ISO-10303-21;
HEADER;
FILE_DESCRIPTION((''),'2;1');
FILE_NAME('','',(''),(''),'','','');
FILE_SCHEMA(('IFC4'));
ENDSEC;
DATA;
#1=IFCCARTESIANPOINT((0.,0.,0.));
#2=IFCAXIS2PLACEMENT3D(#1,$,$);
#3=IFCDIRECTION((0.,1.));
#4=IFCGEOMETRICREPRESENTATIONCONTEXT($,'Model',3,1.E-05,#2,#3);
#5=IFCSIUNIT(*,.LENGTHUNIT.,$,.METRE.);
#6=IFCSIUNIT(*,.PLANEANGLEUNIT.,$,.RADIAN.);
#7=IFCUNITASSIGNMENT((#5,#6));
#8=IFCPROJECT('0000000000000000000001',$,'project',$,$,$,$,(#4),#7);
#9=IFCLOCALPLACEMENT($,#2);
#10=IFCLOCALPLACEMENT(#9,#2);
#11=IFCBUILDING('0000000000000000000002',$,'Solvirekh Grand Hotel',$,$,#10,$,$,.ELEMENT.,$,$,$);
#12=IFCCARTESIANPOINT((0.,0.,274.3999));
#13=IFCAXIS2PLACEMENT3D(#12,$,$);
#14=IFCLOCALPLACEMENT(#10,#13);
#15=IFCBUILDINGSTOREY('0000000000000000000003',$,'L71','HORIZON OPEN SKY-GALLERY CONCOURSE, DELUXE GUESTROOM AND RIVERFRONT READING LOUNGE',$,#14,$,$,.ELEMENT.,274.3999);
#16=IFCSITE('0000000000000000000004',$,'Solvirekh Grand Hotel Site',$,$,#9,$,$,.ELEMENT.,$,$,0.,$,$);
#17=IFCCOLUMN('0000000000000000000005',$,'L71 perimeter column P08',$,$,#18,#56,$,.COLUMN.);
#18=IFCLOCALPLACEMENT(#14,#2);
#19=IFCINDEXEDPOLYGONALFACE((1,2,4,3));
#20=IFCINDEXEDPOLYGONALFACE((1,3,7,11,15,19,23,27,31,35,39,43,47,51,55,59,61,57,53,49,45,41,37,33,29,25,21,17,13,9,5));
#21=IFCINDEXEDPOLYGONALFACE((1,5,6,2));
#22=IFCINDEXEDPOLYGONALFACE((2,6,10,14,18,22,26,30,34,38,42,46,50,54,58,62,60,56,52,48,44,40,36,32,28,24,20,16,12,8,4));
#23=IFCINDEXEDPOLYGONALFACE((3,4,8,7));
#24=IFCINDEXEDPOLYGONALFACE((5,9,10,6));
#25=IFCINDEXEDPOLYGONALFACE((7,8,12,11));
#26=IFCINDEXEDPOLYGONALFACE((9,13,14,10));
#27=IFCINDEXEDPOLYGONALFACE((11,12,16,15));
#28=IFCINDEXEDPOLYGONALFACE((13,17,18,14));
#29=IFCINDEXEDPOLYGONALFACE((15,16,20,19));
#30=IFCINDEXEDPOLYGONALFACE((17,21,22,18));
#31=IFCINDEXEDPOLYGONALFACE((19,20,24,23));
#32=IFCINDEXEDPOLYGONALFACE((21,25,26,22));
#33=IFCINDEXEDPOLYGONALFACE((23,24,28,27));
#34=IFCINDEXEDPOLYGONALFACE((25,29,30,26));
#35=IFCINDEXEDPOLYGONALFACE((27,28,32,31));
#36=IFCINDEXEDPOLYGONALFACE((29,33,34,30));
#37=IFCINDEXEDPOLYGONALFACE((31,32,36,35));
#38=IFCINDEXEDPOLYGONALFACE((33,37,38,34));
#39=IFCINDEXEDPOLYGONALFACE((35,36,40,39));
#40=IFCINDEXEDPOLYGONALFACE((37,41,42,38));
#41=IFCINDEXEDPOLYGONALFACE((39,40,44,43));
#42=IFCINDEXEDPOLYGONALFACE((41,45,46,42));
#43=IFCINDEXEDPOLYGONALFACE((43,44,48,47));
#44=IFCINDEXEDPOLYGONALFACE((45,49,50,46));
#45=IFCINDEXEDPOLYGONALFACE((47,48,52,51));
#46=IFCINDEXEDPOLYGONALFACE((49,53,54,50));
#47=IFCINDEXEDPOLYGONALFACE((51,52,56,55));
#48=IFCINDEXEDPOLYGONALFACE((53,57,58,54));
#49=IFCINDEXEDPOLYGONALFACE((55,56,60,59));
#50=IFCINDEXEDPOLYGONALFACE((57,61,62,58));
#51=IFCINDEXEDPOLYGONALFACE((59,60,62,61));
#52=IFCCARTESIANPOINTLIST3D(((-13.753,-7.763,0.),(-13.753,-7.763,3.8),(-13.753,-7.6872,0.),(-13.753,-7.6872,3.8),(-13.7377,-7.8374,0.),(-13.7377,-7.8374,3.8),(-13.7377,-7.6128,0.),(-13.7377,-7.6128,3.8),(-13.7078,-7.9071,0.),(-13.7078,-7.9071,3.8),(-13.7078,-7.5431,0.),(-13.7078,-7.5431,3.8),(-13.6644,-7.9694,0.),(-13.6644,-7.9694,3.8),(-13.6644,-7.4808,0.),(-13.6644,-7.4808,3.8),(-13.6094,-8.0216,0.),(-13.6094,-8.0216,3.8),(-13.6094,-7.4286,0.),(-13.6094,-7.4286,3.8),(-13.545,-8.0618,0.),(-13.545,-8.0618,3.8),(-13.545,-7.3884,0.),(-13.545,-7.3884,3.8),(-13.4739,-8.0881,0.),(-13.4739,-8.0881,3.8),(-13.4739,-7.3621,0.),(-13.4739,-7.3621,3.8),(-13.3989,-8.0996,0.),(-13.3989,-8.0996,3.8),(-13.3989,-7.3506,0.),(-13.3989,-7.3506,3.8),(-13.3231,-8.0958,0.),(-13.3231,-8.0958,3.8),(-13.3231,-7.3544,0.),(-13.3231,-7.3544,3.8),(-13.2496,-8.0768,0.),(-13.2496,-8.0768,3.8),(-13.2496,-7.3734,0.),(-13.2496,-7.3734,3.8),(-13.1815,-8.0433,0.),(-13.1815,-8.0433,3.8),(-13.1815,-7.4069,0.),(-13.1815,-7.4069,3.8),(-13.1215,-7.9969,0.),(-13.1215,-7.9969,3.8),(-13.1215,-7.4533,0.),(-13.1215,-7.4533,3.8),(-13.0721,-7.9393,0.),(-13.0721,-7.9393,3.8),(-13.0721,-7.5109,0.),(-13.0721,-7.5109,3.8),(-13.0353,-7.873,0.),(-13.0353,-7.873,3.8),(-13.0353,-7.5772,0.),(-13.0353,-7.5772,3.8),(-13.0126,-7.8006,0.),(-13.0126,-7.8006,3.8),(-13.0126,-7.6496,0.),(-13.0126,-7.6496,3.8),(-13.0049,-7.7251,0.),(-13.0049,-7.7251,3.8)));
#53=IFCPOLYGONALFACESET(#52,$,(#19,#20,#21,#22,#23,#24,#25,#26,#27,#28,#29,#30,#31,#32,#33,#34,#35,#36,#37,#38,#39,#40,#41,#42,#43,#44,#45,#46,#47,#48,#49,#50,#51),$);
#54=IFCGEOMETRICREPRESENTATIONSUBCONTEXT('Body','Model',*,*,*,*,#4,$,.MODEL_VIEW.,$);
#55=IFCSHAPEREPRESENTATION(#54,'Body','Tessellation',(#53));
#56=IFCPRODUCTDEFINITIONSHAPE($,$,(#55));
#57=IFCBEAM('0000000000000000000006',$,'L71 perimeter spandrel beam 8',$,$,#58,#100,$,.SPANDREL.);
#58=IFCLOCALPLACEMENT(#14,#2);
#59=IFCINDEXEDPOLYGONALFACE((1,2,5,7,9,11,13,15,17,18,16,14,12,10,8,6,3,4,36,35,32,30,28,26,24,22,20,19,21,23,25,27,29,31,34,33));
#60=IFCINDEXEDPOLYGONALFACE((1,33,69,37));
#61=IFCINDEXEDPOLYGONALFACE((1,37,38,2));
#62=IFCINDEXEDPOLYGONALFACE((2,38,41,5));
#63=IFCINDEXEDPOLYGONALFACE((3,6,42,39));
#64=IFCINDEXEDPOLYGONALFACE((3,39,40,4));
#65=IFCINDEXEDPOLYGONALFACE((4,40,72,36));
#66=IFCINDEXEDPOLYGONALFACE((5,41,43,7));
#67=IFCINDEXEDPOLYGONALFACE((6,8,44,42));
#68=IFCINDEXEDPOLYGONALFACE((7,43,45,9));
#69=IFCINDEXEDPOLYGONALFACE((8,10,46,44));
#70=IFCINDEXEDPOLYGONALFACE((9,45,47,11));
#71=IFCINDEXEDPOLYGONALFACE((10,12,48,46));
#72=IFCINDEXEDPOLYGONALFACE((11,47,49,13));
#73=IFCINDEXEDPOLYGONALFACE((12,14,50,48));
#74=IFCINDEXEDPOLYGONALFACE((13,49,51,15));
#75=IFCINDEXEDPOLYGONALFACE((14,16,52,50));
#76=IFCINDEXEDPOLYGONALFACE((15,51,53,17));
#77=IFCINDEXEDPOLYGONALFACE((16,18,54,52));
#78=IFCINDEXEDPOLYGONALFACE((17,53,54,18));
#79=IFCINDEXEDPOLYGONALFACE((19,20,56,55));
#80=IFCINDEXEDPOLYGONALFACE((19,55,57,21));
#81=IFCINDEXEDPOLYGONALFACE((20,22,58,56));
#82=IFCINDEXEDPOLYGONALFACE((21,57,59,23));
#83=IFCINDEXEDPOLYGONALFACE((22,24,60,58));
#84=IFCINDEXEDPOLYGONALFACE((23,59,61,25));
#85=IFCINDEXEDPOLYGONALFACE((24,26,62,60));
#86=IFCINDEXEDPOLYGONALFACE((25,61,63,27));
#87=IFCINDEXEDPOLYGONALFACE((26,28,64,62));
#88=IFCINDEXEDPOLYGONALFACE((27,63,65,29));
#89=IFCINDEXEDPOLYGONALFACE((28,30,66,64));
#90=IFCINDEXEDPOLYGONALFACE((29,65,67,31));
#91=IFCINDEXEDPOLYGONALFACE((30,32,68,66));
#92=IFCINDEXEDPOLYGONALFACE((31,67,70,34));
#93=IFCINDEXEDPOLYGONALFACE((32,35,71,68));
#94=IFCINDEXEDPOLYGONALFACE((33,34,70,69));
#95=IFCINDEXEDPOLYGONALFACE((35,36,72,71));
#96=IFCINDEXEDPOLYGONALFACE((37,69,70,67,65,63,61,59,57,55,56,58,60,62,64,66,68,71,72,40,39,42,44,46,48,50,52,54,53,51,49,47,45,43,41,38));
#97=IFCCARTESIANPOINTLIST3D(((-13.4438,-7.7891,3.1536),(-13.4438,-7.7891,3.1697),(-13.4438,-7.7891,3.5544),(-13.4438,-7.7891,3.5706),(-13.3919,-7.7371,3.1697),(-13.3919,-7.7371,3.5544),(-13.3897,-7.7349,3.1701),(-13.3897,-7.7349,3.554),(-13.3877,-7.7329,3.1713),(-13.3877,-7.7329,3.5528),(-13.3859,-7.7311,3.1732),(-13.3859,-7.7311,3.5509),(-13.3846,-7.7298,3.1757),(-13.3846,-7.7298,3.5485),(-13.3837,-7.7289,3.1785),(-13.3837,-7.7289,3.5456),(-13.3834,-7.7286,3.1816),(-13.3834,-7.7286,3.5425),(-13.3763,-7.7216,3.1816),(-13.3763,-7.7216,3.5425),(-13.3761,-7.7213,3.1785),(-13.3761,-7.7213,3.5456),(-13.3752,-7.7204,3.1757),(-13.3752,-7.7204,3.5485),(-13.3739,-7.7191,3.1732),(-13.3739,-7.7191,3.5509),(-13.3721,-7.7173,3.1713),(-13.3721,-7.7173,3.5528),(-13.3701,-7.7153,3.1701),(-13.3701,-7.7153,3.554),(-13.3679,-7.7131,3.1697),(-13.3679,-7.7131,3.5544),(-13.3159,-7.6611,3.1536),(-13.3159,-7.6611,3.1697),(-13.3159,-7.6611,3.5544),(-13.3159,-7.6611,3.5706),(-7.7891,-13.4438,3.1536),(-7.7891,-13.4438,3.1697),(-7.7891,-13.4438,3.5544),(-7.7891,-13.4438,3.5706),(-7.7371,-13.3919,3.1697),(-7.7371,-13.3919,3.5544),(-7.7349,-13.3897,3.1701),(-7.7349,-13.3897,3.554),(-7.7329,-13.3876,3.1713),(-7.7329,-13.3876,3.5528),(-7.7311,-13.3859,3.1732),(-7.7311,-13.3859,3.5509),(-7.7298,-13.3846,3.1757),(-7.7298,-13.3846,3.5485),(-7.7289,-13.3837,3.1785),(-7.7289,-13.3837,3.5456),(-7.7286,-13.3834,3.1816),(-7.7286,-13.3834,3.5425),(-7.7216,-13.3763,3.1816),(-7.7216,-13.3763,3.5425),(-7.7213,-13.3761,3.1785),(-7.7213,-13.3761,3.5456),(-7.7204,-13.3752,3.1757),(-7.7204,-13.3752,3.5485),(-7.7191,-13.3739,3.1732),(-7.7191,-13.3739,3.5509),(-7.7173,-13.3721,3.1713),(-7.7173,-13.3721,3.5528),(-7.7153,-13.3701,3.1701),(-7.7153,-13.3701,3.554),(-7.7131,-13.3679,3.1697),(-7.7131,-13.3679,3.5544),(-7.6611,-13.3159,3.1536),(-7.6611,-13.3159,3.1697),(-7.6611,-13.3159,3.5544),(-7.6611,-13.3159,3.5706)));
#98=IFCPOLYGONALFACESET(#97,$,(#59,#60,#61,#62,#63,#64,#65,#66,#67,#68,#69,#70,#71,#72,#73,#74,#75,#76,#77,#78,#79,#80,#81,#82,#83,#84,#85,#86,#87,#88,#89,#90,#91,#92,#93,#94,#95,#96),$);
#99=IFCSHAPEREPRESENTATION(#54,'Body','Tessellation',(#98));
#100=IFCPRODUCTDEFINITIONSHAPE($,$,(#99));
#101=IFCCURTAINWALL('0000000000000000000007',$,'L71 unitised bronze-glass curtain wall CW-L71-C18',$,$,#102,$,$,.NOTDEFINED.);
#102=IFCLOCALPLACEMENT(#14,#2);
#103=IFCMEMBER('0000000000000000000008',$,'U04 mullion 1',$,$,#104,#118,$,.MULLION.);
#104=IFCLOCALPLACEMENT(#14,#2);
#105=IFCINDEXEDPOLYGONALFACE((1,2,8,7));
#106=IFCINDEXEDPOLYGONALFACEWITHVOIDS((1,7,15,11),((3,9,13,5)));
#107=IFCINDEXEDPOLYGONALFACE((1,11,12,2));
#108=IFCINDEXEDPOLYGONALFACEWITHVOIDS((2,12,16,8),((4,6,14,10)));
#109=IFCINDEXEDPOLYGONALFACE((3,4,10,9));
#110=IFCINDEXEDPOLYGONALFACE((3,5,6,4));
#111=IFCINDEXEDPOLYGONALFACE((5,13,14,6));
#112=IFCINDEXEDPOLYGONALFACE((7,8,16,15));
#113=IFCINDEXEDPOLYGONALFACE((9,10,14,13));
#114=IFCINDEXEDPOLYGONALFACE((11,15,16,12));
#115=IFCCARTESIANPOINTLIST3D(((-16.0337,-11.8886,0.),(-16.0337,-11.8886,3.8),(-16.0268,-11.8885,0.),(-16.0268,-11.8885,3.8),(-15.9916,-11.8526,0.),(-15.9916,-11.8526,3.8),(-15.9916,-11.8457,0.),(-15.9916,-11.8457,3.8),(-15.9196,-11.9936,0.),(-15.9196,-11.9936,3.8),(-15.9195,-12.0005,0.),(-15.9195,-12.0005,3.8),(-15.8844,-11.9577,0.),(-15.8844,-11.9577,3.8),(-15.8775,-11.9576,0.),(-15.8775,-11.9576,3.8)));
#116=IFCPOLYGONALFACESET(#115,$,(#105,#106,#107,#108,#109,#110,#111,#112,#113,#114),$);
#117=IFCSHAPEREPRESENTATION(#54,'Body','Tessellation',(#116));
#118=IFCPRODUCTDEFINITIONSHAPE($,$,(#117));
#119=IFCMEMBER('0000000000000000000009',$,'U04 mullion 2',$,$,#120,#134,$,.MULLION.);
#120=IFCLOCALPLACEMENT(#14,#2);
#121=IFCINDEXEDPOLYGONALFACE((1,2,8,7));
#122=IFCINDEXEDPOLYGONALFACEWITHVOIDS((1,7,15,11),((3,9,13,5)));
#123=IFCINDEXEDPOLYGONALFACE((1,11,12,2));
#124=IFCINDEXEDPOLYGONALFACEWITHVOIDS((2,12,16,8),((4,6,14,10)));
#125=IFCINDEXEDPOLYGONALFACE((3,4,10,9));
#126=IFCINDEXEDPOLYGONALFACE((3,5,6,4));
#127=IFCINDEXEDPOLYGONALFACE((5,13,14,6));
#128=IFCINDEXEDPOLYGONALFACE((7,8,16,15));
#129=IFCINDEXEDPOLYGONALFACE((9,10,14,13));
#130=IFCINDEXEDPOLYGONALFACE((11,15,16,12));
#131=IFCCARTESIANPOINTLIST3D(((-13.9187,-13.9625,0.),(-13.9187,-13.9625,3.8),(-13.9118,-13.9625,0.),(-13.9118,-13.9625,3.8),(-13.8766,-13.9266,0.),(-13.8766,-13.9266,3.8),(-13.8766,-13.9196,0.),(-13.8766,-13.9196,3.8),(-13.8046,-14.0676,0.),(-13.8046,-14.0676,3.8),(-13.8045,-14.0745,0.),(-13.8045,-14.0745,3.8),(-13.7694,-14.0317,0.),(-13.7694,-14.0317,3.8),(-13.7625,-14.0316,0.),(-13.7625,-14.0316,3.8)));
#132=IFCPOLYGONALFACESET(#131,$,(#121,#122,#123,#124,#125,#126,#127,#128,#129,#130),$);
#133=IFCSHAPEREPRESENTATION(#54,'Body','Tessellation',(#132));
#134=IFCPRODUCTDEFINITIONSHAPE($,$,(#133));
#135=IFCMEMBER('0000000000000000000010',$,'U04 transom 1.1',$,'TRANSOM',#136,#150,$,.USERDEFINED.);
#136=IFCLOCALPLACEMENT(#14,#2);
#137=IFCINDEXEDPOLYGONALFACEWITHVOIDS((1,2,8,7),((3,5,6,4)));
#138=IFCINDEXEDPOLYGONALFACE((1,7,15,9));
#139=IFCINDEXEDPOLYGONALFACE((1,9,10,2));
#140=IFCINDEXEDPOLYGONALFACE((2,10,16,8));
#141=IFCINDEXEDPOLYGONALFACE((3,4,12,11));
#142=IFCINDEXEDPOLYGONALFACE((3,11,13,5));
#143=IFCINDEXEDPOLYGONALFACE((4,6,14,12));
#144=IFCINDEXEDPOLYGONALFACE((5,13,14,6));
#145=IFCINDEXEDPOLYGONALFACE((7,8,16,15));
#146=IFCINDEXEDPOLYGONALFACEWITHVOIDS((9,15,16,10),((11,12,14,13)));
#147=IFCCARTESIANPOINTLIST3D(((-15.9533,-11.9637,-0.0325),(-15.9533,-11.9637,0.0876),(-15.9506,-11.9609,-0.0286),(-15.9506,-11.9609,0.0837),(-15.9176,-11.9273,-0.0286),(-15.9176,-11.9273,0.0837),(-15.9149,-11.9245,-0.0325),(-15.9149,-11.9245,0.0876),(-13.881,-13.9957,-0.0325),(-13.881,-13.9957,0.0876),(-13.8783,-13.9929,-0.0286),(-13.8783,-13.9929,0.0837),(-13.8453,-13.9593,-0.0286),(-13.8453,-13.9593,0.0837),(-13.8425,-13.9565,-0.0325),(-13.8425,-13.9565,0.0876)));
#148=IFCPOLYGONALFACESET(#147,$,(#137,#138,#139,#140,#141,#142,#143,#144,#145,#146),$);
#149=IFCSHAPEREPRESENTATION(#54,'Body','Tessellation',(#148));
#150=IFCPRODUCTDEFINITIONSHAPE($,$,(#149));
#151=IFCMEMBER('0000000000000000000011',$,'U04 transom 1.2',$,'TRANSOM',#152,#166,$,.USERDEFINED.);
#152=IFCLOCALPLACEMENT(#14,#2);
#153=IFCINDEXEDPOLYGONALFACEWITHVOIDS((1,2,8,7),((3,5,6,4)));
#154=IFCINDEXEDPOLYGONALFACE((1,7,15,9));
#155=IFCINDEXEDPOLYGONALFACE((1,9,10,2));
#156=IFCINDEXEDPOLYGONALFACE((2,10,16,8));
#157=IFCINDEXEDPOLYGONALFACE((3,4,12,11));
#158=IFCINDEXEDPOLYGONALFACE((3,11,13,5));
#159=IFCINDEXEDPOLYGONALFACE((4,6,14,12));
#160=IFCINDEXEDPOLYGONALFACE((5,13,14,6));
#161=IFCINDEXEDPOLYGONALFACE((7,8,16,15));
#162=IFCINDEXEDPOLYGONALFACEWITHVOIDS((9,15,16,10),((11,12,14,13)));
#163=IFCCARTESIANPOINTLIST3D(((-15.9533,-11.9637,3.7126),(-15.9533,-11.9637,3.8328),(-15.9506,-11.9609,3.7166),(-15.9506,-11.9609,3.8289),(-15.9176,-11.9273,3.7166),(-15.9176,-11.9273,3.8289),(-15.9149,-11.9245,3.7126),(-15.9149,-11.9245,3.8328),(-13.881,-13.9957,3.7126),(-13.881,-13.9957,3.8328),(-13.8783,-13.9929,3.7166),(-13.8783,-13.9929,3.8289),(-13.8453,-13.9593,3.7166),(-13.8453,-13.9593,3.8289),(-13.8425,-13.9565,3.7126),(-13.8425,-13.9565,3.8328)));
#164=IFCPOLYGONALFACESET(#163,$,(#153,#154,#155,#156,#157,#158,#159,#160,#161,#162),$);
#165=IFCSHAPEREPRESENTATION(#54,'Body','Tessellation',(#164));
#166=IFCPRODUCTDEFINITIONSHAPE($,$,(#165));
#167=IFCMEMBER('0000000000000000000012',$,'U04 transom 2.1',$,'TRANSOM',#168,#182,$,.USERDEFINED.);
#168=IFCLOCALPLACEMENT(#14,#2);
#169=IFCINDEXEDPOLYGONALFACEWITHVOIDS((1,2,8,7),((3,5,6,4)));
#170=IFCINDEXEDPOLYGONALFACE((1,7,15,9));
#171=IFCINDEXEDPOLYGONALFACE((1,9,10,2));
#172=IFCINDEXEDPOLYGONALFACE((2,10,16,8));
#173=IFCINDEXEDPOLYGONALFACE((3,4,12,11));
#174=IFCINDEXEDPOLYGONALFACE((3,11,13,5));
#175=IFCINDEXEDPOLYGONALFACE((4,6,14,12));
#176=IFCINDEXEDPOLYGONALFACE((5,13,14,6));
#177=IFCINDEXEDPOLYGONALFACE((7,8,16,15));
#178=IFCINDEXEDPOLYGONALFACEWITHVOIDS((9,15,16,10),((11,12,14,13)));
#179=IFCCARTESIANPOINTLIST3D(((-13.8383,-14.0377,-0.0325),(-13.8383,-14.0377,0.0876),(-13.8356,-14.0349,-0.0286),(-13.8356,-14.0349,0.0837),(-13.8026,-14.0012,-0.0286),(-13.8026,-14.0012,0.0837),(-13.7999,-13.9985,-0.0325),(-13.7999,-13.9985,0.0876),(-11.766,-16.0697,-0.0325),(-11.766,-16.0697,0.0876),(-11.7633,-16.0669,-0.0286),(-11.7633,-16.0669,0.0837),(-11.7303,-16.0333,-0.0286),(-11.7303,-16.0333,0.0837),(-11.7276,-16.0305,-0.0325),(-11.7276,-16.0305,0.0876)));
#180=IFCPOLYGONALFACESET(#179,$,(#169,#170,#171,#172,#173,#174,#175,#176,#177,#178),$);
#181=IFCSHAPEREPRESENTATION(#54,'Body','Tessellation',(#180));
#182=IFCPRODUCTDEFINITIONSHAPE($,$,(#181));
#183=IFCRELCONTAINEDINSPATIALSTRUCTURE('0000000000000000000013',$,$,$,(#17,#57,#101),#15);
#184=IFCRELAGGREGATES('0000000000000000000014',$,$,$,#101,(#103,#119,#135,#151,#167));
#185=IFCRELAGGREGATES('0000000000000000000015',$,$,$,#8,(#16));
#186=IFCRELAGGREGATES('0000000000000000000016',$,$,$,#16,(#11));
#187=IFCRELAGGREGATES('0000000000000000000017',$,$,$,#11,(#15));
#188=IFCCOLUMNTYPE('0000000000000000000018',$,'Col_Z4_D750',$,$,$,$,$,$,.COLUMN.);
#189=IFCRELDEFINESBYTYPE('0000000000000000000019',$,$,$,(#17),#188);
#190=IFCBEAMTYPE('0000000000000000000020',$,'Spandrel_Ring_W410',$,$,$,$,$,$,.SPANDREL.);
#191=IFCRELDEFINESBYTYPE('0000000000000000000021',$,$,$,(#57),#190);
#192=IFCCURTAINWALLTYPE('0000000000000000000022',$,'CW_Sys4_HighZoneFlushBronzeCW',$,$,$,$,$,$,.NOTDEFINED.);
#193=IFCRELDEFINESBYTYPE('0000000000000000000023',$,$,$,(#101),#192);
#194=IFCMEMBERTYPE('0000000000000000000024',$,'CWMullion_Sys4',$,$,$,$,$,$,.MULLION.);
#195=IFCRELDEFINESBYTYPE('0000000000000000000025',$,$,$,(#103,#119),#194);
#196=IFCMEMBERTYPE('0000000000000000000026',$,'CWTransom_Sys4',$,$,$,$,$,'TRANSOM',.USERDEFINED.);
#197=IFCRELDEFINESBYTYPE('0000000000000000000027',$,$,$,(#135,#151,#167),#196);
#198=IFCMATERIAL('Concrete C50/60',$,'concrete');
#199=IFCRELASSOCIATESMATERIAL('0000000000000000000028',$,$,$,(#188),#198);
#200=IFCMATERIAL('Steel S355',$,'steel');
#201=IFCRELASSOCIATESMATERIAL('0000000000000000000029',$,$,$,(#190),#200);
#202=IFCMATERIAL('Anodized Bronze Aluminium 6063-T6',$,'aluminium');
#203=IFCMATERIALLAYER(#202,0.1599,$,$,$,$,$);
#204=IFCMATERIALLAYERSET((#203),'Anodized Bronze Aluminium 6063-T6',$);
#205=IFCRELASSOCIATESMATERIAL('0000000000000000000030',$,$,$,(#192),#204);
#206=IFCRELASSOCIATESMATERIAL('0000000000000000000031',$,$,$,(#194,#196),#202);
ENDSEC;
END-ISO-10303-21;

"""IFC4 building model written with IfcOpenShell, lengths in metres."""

from ifc_helpers import new_model, si_unit, direction, frame, origin, origin_2d, place, context, subcontext, project, spatial, hollow_rectangle, circle, i_section, extrude, source, transform, mapped, material, layer, layer_set, material_profile, profile_set, type_object, element, aggregate, save


model = new_model("IFC4")

# Units and contexts
model_context = context("Model", 3, precision=1e-05, world=origin(), true_north=direction((0.0, 1.0)))
body_context = subcontext(model_context, "Body", "Model", "MODEL_VIEW")
ifc_project = project(units=[si_unit("LENGTHUNIT", "METRE"), si_unit("PLANEANGLEUNIT", "RADIAN")], contexts=[model_context])

# Site, building, storey
site_placement = place(None, origin())
site = spatial("IfcSite", under=ifc_project, at=site_placement, Name="Solvirekh Grand Hotel Site", CompositionType="ELEMENT", RefElevation=0.0)
building_placement = place(site_placement, origin())
building = spatial("IfcBuilding", under=site, at=building_placement, Name="Solvirekh Grand Hotel", CompositionType="ELEMENT")
storey_placement = place(building_placement, frame((0.0, 0.0, 274.3999)))
storey = spatial("IfcBuildingStorey", under=building, at=storey_placement, Name="L71", Description="HORIZON OPEN SKY-GALLERY CONCOURSE, DELUXE GUESTROOM AND RIVERFRONT READING LOUNGE", CompositionType="ELEMENT", Elevation=274.3999)

# Column
ifc_material_1 = material(Name="Concrete C50/60", Category="concrete")
ifc_material_profile_1 = material_profile(ifc_material_1, circle(Radius=0.375, at=origin_2d()), Name="RC CIRC D750")
ifc_profile_set_1 = profile_set([ifc_material_profile_1], Name="Concrete C50/60")
column_type = type_object("IfcColumnType", Name="Col_Z4_D750", PredefinedType="COLUMN", material=ifc_profile_set_1)
column_placement = place(storey_placement, frame((-13.3799, -7.7251, 0.0), z_axis=(0.0, 0.0, 1.0), x_axis=(1.0, 0.0, 0.0)))
element("IfcColumn", 1, at=column_placement, inside=storey, type_object=column_type, Name="L71 perimeter column P08", PredefinedType="COLUMN", context=body_context, shape_type="SweptSolid", body=[
    extrude(circle(Radius=0.375, at=origin_2d()), origin(), (0.0, 0.0, 1.0), 3.8),
])

# Beam
ifc_material_2 = material(Name="Steel S355", Category="steel")
ifc_material_profile_2 = material_profile(ifc_material_2, i_section(OverallWidth=0.1809, OverallDepth=0.417, WebThickness=0.01, FlangeThickness=0.0161, FilletRadius=0.012, at=origin_2d()), Name="W410X85")
ifc_profile_set_2 = profile_set([ifc_material_profile_2], Name="Steel S355")
beam_type = type_object("IfcBeamType", Name="Spandrel_Ring_W410", PredefinedType="SPANDREL", material=ifc_profile_set_2)
beam_placement = place(storey_placement, frame((-13.3799, -7.7251, 3.3621), z_axis=(0.707107, -0.707107, 0.0), x_axis=(0.707107, 0.707107, 0.0)))
element("IfcBeam", 2, at=beam_placement, inside=storey, type_object=beam_type, Name="L71 perimeter spandrel beam 8", PredefinedType="SPANDREL", context=body_context, shape_type="SweptSolid", body=[
    extrude(i_section(OverallWidth=0.1809, OverallDepth=0.417, WebThickness=0.01, FlangeThickness=0.0161, FilletRadius=0.012, at=origin_2d()), origin(), (0.0, 0.0, 1.0), 7.9971),
])

# Curtain wall, members
ifc_material_3 = material(Name="Anodized Bronze Aluminium 6063-T6", Category="aluminium")
ifc_layer_1 = layer(ifc_material_3, 0.1599)
ifc_layer_set_1 = layer_set([ifc_layer_1], Name="Anodized Bronze Aluminium 6063-T6")
curtain_wall_type = type_object("IfcCurtainWallType", Name="CW_Sys4_HighZoneFlushBronzeCW", PredefinedType="NOTDEFINED", material=ifc_layer_set_1)
curtain_wall_placement = place(storey_placement, origin())
curtain_wall = element("IfcCurtainWall", 3, at=curtain_wall_placement, inside=storey, type_object=curtain_wall_type, Name="L71 unitised bronze-glass curtain wall CW-L71-C18", PredefinedType="NOTDEFINED")
ifc_material_profile_3 = material_profile(ifc_material_3, hollow_rectangle(XDim=0.0601, YDim=0.1599, WallThickness=0.0049, at=origin_2d()), Name="ALU RHS 160X60X5")
ifc_profile_set_3 = profile_set([ifc_material_profile_3], Name="Anodized Bronze Aluminium 6063-T6")
member_type_1 = type_object("IfcMemberType", Name="CWMullion_Sys4", PredefinedType="MULLION", material=ifc_profile_set_3)
shared_shape_1 = source(origin(), body_context, "Body", "SweptSolid", [
    extrude(hollow_rectangle(XDim=0.0601, YDim=0.1599, WallThickness=0.0049, at=origin_2d()), origin(), (0.0, 0.0, 1.0), 3.8),
])
member_1_placement = place(storey_placement, frame((-15.9556, -11.9231, 0.0), z_axis=(0.0, 0.0, 1.0), x_axis=(0.700138, 0.714007, 0.0)))
member_1 = element("IfcMember", 4, at=member_1_placement, type_object=member_type_1, Name="U04 mullion 1", PredefinedType="MULLION", context=body_context, shape_type="MappedRepresentation", body=[
    mapped(shared_shape_1, transform((0.0, 0.0, 0.0), x_axis=(1.0, 0.0, 0.0), y_axis=(0.0, 1.0, 0.0), z_axis=(0.0, 0.0, 1.0), scale=1.0)),
])
member_2_placement = place(storey_placement, frame((-13.8406, -13.9971, 0.0), z_axis=(0.0, 0.0, 1.0), x_axis=(0.700138, 0.714007, 0.0)))
member_2 = element("IfcMember", 5, at=member_2_placement, type_object=member_type_1, Name="U04 mullion 2", PredefinedType="MULLION", context=body_context, shape_type="MappedRepresentation", body=[
    mapped(shared_shape_1, transform((0.0, 0.0, 0.0), x_axis=(1.0, 0.0, 0.0), y_axis=(0.0, 1.0, 0.0), z_axis=(0.0, 0.0, 1.0), scale=1.0)),
])
ifc_material_profile_4 = material_profile(ifc_material_3, hollow_rectangle(XDim=0.0549, YDim=0.1201, WallThickness=0.0039, at=origin_2d()), Name="ALU RHS 120X55X4")
ifc_profile_set_4 = profile_set([ifc_material_profile_4], Name="Anodized Bronze Aluminium 6063-T6")
member_type_2 = type_object("IfcMemberType", Name="CWTransom_Sys4", ElementType="TRANSOM", PredefinedType="USERDEFINED", material=ifc_profile_set_4)
shared_shape_2 = source(origin(), body_context, "Body", "SweptSolid", [
    extrude(hollow_rectangle(XDim=0.0549, YDim=0.1201, WallThickness=0.0039, at=origin_2d()), origin(), (0.0, 0.0, 1.0), 2.9023),
])
member_3_placement = place(storey_placement, frame((-15.9341, -11.9441, 0.0276), z_axis=(0.714013, -0.700133, 0.0), x_axis=(0.700133, 0.714013, 0.0)))
member_3 = element("IfcMember", 6, at=member_3_placement, type_object=member_type_2, Name="U04 transom 1.1", ObjectType="TRANSOM", PredefinedType="USERDEFINED", context=body_context, shape_type="MappedRepresentation", body=[
    mapped(shared_shape_2, transform((0.0, 0.0, 0.0), x_axis=(1.0, 0.0, 0.0), y_axis=(0.0, 1.0, 0.0), z_axis=(0.0, 0.0, 1.0), scale=1.0)),
])
member_4_placement = place(storey_placement, frame((-15.9341, -11.9441, 3.7727), z_axis=(0.714013, -0.700133, 0.0), x_axis=(0.700133, 0.714013, 0.0)))
member_4 = element("IfcMember", 7, at=member_4_placement, type_object=member_type_2, Name="U04 transom 1.2", ObjectType="TRANSOM", PredefinedType="USERDEFINED", context=body_context, shape_type="MappedRepresentation", body=[
    mapped(shared_shape_2, transform((0.0, 0.0, 0.0), x_axis=(1.0, 0.0, 0.0), y_axis=(0.0, 1.0, 0.0), z_axis=(0.0, 0.0, 1.0), scale=1.0)),
])
member_5_placement = place(storey_placement, frame((-13.8191, -14.0181, 0.0276), z_axis=(0.714013, -0.700133, 0.0), x_axis=(0.700133, 0.714013, 0.0)))
member_5 = element("IfcMember", 8, at=member_5_placement, type_object=member_type_2, Name="U04 transom 2.1", ObjectType="TRANSOM", PredefinedType="USERDEFINED", context=body_context, shape_type="MappedRepresentation", body=[
    mapped(shared_shape_2, transform((0.0, 0.0, 0.0), x_axis=(1.0, 0.0, 0.0), y_axis=(0.0, 1.0, 0.0), z_axis=(0.0, 0.0, 1.0), scale=1.0)),
])
aggregate(curtain_wall, [member_1, member_2, member_3, member_4, member_5])

save(model, "model.ifc")
